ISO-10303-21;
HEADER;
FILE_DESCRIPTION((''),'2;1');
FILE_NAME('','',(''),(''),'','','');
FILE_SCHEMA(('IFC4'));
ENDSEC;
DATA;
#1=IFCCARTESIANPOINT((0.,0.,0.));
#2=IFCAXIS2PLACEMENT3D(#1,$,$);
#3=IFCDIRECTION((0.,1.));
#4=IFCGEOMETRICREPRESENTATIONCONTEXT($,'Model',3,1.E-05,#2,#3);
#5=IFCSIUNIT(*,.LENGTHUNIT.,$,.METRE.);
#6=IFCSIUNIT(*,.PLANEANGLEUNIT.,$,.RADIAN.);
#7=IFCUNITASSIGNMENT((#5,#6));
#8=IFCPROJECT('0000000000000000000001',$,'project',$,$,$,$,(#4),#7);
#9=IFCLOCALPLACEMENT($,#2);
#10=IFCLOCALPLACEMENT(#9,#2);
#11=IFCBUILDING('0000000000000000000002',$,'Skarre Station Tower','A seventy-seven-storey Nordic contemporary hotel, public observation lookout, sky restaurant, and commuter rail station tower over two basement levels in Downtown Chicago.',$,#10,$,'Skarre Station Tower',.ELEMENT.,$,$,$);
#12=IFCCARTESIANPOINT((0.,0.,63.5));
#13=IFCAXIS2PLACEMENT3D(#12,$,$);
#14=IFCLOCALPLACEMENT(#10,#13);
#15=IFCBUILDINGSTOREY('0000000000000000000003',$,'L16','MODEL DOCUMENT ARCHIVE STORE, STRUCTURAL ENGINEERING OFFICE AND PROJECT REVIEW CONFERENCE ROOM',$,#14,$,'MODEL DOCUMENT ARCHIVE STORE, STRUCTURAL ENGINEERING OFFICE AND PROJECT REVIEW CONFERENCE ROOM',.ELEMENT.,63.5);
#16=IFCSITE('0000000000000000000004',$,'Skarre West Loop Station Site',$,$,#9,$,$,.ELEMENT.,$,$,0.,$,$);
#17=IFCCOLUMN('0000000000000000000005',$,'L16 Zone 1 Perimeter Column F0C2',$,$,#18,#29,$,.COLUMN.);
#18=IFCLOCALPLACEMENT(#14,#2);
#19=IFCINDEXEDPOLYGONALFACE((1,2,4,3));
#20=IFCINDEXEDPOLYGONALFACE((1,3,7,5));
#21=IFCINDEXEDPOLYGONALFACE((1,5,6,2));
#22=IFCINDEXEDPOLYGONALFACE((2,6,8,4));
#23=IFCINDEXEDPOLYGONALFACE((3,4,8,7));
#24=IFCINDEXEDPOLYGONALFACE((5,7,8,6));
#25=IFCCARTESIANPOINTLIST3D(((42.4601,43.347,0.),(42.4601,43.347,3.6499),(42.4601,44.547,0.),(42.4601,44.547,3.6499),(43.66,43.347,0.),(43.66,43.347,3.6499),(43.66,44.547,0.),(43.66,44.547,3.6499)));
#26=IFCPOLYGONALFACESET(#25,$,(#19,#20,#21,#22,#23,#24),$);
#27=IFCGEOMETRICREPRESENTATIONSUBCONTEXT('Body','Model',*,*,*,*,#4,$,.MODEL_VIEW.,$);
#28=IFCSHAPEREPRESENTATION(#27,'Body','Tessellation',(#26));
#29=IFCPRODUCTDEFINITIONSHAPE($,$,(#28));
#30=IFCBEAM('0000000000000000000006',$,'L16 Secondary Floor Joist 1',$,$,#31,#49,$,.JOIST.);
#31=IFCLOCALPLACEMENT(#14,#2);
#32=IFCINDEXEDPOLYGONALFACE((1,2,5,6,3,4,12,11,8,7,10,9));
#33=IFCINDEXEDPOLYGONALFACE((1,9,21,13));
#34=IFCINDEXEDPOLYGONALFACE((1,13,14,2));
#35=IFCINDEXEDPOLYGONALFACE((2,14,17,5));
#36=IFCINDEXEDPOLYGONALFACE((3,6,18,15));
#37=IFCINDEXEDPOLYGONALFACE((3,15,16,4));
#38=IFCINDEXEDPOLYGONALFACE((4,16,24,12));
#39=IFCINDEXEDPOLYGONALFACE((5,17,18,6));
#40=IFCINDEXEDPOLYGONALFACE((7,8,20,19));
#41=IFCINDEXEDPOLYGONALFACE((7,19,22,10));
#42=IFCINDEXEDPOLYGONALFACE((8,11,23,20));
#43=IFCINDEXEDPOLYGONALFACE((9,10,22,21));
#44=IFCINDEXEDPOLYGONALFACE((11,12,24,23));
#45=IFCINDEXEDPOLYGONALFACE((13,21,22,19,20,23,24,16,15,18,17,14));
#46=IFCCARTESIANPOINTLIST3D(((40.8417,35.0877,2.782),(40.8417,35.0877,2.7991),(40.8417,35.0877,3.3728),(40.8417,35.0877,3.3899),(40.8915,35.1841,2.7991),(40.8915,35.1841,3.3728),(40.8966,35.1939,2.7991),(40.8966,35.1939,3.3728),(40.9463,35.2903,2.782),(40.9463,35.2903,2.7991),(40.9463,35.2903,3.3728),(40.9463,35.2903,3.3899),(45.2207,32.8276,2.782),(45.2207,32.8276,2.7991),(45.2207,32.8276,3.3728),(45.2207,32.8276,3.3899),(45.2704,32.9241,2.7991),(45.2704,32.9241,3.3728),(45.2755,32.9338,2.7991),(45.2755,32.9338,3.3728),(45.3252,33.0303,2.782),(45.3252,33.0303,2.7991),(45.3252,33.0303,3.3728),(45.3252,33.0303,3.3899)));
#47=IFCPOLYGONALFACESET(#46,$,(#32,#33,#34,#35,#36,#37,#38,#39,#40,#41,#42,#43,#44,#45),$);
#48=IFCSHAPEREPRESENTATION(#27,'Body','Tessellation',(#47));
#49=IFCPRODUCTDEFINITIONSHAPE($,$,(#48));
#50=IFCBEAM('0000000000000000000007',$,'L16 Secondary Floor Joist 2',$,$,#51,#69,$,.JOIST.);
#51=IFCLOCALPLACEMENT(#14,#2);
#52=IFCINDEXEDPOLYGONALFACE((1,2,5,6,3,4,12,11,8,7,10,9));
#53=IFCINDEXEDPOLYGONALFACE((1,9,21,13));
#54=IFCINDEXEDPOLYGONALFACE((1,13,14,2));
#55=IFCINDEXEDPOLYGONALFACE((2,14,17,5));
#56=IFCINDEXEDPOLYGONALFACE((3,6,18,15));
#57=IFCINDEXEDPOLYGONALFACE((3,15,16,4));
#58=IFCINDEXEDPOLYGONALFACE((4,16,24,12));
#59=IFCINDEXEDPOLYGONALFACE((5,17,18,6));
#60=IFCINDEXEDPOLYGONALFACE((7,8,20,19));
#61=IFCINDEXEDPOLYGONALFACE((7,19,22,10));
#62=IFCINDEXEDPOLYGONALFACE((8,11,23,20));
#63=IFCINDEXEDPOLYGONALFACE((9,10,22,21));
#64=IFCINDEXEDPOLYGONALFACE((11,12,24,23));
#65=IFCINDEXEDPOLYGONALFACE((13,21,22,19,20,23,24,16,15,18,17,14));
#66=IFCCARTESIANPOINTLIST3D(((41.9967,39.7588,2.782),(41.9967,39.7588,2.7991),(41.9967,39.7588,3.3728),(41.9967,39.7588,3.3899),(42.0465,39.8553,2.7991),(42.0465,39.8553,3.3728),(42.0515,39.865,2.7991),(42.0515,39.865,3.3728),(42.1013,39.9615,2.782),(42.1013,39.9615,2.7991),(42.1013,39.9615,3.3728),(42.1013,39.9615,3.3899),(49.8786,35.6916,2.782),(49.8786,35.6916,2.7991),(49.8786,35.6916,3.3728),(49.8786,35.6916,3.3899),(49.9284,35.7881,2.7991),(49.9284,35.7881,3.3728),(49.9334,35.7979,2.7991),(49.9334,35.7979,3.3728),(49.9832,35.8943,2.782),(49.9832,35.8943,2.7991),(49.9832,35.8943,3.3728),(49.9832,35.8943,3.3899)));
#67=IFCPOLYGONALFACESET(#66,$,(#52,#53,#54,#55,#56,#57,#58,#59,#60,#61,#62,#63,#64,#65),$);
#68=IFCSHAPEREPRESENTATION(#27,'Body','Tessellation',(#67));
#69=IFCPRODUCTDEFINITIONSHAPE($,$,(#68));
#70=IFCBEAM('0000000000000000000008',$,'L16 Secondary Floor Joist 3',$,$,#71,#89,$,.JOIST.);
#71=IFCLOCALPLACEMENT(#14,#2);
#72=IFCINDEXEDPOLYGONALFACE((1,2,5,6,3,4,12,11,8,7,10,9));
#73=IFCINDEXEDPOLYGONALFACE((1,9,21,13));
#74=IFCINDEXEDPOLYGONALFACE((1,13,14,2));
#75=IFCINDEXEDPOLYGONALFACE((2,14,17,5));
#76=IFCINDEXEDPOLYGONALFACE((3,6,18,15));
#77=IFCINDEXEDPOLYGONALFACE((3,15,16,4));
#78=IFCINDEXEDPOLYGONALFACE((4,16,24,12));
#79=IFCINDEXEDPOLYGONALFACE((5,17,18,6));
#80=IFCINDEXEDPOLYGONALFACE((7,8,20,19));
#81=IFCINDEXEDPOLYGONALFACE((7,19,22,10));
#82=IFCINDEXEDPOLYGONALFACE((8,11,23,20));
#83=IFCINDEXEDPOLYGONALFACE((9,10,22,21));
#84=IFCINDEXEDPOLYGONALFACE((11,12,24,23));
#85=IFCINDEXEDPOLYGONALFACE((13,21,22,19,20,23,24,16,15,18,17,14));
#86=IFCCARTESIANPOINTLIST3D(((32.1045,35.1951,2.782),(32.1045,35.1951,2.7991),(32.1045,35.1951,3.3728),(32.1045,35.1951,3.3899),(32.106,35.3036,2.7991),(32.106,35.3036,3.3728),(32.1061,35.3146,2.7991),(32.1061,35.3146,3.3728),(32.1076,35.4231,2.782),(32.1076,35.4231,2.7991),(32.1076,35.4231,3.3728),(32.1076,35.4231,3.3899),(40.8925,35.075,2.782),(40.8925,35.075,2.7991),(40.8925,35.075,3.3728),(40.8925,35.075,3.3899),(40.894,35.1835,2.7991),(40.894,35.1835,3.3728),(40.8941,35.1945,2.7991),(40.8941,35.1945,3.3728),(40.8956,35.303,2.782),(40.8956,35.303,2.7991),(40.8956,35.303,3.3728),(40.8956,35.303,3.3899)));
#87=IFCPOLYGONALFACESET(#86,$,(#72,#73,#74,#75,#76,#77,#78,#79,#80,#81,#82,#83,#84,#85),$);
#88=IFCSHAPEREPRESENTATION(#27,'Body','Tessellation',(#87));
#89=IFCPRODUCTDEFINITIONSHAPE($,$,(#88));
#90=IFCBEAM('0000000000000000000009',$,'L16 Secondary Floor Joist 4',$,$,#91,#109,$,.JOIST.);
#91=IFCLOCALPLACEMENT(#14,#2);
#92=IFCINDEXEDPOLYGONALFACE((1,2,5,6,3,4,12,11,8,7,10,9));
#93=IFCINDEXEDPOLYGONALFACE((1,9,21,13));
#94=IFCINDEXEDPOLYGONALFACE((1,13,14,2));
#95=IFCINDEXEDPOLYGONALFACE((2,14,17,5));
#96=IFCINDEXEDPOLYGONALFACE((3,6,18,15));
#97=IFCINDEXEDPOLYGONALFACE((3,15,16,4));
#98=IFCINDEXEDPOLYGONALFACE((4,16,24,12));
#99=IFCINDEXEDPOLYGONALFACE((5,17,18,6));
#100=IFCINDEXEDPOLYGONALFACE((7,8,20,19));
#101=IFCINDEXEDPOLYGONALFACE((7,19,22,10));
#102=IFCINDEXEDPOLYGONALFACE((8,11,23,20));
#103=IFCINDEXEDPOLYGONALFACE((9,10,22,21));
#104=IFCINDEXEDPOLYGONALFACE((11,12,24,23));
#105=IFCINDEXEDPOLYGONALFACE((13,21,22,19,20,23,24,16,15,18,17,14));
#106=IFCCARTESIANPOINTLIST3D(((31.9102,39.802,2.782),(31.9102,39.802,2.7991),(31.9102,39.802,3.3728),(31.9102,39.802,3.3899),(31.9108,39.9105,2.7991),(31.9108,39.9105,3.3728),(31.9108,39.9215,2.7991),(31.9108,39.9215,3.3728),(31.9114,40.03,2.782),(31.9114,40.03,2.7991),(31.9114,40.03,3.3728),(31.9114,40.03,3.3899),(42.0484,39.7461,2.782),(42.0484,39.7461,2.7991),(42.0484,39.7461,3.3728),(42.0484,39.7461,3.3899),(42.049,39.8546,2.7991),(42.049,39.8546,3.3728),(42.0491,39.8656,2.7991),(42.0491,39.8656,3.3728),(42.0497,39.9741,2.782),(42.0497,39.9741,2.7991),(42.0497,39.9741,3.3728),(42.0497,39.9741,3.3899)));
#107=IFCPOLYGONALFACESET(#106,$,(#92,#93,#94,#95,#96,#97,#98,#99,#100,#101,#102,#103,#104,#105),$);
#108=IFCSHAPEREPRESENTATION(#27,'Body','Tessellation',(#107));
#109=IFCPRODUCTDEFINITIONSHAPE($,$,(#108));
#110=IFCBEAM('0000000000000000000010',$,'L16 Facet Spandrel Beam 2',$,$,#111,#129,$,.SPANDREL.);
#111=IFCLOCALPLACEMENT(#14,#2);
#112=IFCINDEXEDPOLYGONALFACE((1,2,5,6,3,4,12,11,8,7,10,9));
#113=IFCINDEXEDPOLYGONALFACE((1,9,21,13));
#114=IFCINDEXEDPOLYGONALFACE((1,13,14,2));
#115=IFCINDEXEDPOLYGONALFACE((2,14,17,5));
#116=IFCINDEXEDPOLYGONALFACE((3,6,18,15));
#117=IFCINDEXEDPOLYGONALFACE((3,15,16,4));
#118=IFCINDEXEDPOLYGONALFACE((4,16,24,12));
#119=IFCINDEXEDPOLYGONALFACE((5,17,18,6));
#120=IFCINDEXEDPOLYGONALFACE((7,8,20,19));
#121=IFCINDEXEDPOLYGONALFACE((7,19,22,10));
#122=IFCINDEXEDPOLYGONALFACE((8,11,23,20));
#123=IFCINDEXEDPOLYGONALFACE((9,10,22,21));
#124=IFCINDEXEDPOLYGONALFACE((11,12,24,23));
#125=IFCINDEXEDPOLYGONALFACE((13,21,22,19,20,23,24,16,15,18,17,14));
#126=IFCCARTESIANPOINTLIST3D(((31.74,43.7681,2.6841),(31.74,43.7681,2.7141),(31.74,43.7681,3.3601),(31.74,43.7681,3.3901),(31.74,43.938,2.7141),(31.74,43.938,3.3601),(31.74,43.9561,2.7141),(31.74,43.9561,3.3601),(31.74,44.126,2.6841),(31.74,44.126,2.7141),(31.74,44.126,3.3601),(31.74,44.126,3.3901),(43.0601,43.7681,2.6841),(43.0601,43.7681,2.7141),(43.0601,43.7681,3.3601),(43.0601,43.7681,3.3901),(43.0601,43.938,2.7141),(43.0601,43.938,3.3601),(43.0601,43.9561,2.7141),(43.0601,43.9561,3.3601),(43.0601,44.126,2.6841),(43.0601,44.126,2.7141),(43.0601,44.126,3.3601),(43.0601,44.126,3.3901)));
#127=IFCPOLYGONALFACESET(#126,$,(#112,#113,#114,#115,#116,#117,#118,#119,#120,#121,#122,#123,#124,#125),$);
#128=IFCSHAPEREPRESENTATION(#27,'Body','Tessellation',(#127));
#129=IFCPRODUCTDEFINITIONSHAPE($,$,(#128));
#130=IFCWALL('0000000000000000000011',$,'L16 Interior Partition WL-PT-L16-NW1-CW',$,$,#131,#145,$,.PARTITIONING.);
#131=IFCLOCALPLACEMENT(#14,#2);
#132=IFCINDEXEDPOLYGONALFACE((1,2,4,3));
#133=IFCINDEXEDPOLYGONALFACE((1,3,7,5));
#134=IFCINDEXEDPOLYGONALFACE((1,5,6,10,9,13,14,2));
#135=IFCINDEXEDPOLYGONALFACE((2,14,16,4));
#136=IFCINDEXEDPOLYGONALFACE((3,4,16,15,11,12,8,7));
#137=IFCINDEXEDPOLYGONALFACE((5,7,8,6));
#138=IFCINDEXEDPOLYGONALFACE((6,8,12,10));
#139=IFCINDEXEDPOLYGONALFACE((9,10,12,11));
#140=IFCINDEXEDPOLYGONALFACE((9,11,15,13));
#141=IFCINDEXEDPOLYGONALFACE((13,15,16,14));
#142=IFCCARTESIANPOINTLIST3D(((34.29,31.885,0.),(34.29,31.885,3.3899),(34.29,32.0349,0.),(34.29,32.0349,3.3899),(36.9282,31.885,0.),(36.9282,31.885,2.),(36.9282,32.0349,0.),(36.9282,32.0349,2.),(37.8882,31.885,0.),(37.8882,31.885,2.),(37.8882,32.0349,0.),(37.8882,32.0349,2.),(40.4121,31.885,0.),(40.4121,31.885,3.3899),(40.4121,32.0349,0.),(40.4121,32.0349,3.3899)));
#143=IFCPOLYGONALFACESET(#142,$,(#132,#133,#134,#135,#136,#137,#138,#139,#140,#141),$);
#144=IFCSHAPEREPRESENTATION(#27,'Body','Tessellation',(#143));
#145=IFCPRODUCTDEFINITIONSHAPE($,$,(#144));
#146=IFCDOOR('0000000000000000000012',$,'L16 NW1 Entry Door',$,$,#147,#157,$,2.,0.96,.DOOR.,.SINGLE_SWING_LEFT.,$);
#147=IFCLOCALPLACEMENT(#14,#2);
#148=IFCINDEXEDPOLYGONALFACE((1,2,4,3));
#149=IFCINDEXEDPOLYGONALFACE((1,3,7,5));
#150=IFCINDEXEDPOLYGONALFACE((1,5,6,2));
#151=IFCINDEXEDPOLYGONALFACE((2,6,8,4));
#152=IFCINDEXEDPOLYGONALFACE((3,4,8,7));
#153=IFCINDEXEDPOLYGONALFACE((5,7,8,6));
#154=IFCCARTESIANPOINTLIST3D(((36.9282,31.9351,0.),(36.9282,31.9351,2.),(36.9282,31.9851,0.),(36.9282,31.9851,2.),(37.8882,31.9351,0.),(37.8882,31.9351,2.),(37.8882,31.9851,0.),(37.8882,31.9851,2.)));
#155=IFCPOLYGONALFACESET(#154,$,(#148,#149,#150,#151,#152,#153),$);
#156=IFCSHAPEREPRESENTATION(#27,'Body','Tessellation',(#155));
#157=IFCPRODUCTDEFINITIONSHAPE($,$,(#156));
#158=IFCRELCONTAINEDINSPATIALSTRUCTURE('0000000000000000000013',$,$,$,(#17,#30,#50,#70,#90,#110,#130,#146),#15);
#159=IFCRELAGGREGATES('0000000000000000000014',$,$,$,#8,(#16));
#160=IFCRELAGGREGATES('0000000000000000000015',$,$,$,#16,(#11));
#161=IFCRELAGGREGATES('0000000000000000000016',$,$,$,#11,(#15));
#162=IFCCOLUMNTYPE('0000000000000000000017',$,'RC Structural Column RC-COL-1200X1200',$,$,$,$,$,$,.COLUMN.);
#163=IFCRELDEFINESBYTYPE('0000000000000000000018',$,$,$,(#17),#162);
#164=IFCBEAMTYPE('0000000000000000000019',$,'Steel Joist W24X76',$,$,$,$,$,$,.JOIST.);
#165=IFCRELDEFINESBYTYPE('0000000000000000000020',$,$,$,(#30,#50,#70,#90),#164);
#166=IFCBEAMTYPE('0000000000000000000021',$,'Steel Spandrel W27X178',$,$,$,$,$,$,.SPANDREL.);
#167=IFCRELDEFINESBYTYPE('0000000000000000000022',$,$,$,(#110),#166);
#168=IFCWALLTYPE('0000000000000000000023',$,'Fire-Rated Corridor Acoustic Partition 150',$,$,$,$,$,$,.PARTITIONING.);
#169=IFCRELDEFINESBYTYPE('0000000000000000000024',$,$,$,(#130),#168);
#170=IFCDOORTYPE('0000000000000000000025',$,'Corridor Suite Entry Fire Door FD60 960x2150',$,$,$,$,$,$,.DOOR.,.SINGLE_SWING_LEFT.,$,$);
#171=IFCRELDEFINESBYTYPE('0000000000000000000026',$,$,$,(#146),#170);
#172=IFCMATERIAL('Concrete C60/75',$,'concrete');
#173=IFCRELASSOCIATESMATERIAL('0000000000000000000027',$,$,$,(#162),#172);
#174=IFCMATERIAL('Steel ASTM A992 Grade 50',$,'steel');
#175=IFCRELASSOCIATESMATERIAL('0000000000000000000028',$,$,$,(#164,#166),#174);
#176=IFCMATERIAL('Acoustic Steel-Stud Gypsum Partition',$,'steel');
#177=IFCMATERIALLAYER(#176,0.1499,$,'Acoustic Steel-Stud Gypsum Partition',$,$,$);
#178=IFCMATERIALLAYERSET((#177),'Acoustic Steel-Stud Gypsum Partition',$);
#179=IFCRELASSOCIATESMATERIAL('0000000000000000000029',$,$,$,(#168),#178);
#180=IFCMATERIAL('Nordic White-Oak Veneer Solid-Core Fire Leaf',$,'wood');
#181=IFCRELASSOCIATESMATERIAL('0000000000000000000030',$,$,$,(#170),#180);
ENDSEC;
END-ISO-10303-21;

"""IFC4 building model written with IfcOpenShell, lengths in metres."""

from ifc_helpers import new_model, si_unit, direction, frame, frame_2d, origin, origin_2d, place, context, subcontext, project, spatial, rectangle, i_section, extrude, material, layer, layer_set, material_profile, profile_set, type_object, element, fill, save


model = new_model("IFC4")

# Units and contexts
model_context = context("Model", 3, precision=1e-05, world=origin(), true_north=direction((0.0, 1.0)))
body_context = subcontext(model_context, "Body", "Model", "MODEL_VIEW")
ifc_project = project(units=[si_unit("LENGTHUNIT", "METRE"), si_unit("PLANEANGLEUNIT", "RADIAN")], contexts=[model_context])

# Site, building, storey
site_placement = place(None, origin())
site = spatial("IfcSite", under=ifc_project, at=site_placement, Name="Skarre West Loop Station Site", CompositionType="ELEMENT", RefElevation=0.0)
building_placement = place(site_placement, origin())
building = spatial("IfcBuilding", under=site, at=building_placement, Name="Skarre Station Tower", Description="A seventy-seven-storey Nordic contemporary hotel, public observation lookout, sky restaurant, and commuter rail station tower over two basement levels in Downtown Chicago.", LongName="Skarre Station Tower", CompositionType="ELEMENT")
storey_placement = place(building_placement, frame((0.0, 0.0, 63.5)))
storey = spatial("IfcBuildingStorey", under=building, at=storey_placement, Name="L16", Description="MODEL DOCUMENT ARCHIVE STORE, STRUCTURAL ENGINEERING OFFICE AND PROJECT REVIEW CONFERENCE ROOM", LongName="MODEL DOCUMENT ARCHIVE STORE, STRUCTURAL ENGINEERING OFFICE AND PROJECT REVIEW CONFERENCE ROOM", CompositionType="ELEMENT", Elevation=63.5)

# Column
ifc_material_1 = material(Name="Concrete C60/75", Category="concrete")
ifc_material_profile_1 = material_profile(ifc_material_1, rectangle(XDim=1.2, YDim=1.2, at=origin_2d()), Name="Concrete C60/75")
ifc_profile_set_1 = profile_set([ifc_material_profile_1], Name="Concrete C60/75")
column_type = type_object("IfcColumnType", Name="RC Structural Column RC-COL-1200X1200", PredefinedType="COLUMN", material=ifc_profile_set_1)
column_placement = place(storey_placement, frame((43.0601, 43.947, 0.0), z_axis=(0.0, 0.0, 1.0), x_axis=(1.0, 0.0, 0.0)))
element("IfcColumn", 1, at=column_placement, inside=storey, type_object=column_type, Name="L16 Zone 1 Perimeter Column F0C2", PredefinedType="COLUMN", context=body_context, shape_type="SweptSolid", body=[
    extrude(rectangle(XDim=1.2, YDim=1.2, at=origin_2d()), origin(), (0.0, 0.0, 1.0), 3.6499),
])

# Beams
ifc_material_2 = material(Name="Steel ASTM A992 Grade 50", Category="steel")
ifc_material_profile_2 = material_profile(ifc_material_2, i_section(OverallWidth=0.228, OverallDepth=0.6079, WebThickness=0.011, FlangeThickness=0.0171, at=origin_2d()), Name="Steel ASTM A992 Grade 50")
ifc_profile_set_2 = profile_set([ifc_material_profile_2], Name="Steel ASTM A992 Grade 50")
beam_type_1 = type_object("IfcBeamType", Name="Steel Joist W24X76", PredefinedType="JOIST", material=ifc_profile_set_2)
beam_1_placement = place(storey_placement, frame((45.2729, 32.929, 3.0859), z_axis=(-0.888627, 0.458632, 0.0), x_axis=(-0.458632, -0.888627, 0.0)))
element("IfcBeam", 2, at=beam_1_placement, inside=storey, type_object=beam_type_1, Name="L16 Secondary Floor Joist 1", PredefinedType="JOIST", context=body_context, shape_type="SweptSolid", body=[
    extrude(i_section(OverallWidth=0.228, OverallDepth=0.6079, WebThickness=0.011, FlangeThickness=0.0171, at=origin_2d()), origin(), (0.0, 0.0, 1.0), 4.9277),
])
beam_2_placement = place(storey_placement, frame((49.9309, 35.793, 3.0859), z_axis=(-0.888662, 0.458562, 0.0), x_axis=(-0.458562, -0.888662, 0.0)))
element("IfcBeam", 3, at=beam_2_placement, inside=storey, type_object=beam_type_1, Name="L16 Secondary Floor Joist 2", PredefinedType="JOIST", context=body_context, shape_type="SweptSolid", body=[
    extrude(i_section(OverallWidth=0.228, OverallDepth=0.6079, WebThickness=0.011, FlangeThickness=0.0171, at=origin_2d()), origin(), (0.0, 0.0, 1.0), 8.8694),
])
beam_3_placement = place(storey_placement, frame((40.894, 35.189, 3.0859), z_axis=(-0.999907, 0.013667, 0.0), x_axis=(-0.013667, -0.999907, 0.0)))
element("IfcBeam", 4, at=beam_3_placement, inside=storey, type_object=beam_type_1, Name="L16 Secondary Floor Joist 3", PredefinedType="JOIST", context=body_context, shape_type="SweptSolid", body=[
    extrude(i_section(OverallWidth=0.228, OverallDepth=0.6079, WebThickness=0.011, FlangeThickness=0.0171, at=origin_2d()), origin(), (0.0, 0.0, 1.0), 8.7888),
])
beam_4_placement = place(storey_placement, frame((42.0491, 39.8601, 3.0859), z_axis=(-0.999985, 0.005515, 0.0), x_axis=(-0.005515, -0.999985, 0.0)))
element("IfcBeam", 5, at=beam_4_placement, inside=storey, type_object=beam_type_1, Name="L16 Secondary Floor Joist 4", PredefinedType="JOIST", context=body_context, shape_type="SweptSolid", body=[
    extrude(i_section(OverallWidth=0.228, OverallDepth=0.6079, WebThickness=0.011, FlangeThickness=0.0171, at=origin_2d()), origin(), (0.0, 0.0, 1.0), 10.1384),
])
ifc_material_profile_3 = material_profile(ifc_material_2, i_section(OverallWidth=0.3579, OverallDepth=0.7061, WebThickness=0.0181, FlangeThickness=0.03, at=origin_2d()), Name="Steel ASTM A992 Grade 50")
ifc_profile_set_3 = profile_set([ifc_material_profile_3], Name="Steel ASTM A992 Grade 50")
beam_type_2 = type_object("IfcBeamType", Name="Steel Spandrel W27X178", PredefinedType="SPANDREL", material=ifc_profile_set_3)
beam_5_placement = place(storey_placement, frame((43.0601, 43.947, 3.0371), z_axis=(-1.0, 0.0, 0.0), x_axis=(0.0, -1.0, 0.0)))
element("IfcBeam", 6, at=beam_5_placement, inside=storey, type_object=beam_type_2, Name="L16 Facet Spandrel Beam 2", PredefinedType="SPANDREL", context=body_context, shape_type="SweptSolid", body=[
    extrude(i_section(OverallWidth=0.3579, OverallDepth=0.7061, WebThickness=0.0181, FlangeThickness=0.03, at=origin_2d()), origin(), (0.0, 0.0, 1.0), 11.3201),
])

# Wall, opening, door
ifc_material_3 = material(Name="Acoustic Steel-Stud Gypsum Partition", Category="steel")
ifc_layer_1 = layer(ifc_material_3, 0.1499, Name="Acoustic Steel-Stud Gypsum Partition")
ifc_layer_set_1 = layer_set([ifc_layer_1], Name="Acoustic Steel-Stud Gypsum Partition")
wall_type_1 = type_object("IfcWallType", Name="Fire-Rated Corridor Acoustic Partition 150", PredefinedType="PARTITIONING", material=ifc_layer_set_1)
wall_1_placement = place(storey_placement, frame((40.4121, 31.96, 0.0), z_axis=(0.0, 0.0, 1.0), x_axis=(-1.0, 0.0, 0.0)))
wall_1 = element("IfcWall", 7, at=wall_1_placement, inside=storey, type_object=wall_type_1, Name="L16 Interior Partition WL-PT-L16-NW1-CW", PredefinedType="PARTITIONING", context=body_context, shape_type="SweptSolid", body=[
    extrude(rectangle(XDim=6.1221, YDim=0.1499, at=frame_2d((3.061, 0.0))), origin(), (0.0, 0.0, 1.0), 3.3899),
])
opening_1_placement = place(wall_1_placement, frame((2.5239, 0.0, 0.0)))
opening_1 = element("IfcOpeningElement", 8, at=opening_1_placement, cuts=wall_1, PredefinedType="OPENING", context=body_context, shape_type="SweptSolid", body=[
    extrude(rectangle(XDim=0.96, YDim=2.0, at=frame_2d((0.48, 1.0))), frame((0.0, 0.085, 0.0), z_axis=(0.0, -1.0, 0.0), x_axis=(1.0, 0.0, 0.0)), (0.0, 0.0, 1.0), 0.1699),
])
ifc_material_4 = material(Name="Nordic White-Oak Veneer Solid-Core Fire Leaf", Category="wood")
door_type = type_object("IfcDoorType", Name="Corridor Suite Entry Fire Door FD60 960x2150", OperationType="SINGLE_SWING_LEFT", PredefinedType="DOOR", material=ifc_material_4)
door_1_placement = place(opening_1_placement, origin())
door_1 = element("IfcDoor", 9, at=door_1_placement, inside=storey, type_object=door_type, Name="L16 NW1 Entry Door", OperationType="SINGLE_SWING_LEFT", OverallHeight=2.0, OverallWidth=0.96, PredefinedType="DOOR", context=body_context, shape_type="SweptSolid", body=[
    extrude(rectangle(XDim=0.96, YDim=2.0, at=frame_2d((0.48, 1.0))), frame((0.0, 0.0249, 0.0), z_axis=(0.0, -1.0, 0.0), x_axis=(1.0, 0.0, 0.0)), (0.0, 0.0, 1.0), 0.05),
])
fill(opening_1, door_1)

save(model, "model.ifc")
